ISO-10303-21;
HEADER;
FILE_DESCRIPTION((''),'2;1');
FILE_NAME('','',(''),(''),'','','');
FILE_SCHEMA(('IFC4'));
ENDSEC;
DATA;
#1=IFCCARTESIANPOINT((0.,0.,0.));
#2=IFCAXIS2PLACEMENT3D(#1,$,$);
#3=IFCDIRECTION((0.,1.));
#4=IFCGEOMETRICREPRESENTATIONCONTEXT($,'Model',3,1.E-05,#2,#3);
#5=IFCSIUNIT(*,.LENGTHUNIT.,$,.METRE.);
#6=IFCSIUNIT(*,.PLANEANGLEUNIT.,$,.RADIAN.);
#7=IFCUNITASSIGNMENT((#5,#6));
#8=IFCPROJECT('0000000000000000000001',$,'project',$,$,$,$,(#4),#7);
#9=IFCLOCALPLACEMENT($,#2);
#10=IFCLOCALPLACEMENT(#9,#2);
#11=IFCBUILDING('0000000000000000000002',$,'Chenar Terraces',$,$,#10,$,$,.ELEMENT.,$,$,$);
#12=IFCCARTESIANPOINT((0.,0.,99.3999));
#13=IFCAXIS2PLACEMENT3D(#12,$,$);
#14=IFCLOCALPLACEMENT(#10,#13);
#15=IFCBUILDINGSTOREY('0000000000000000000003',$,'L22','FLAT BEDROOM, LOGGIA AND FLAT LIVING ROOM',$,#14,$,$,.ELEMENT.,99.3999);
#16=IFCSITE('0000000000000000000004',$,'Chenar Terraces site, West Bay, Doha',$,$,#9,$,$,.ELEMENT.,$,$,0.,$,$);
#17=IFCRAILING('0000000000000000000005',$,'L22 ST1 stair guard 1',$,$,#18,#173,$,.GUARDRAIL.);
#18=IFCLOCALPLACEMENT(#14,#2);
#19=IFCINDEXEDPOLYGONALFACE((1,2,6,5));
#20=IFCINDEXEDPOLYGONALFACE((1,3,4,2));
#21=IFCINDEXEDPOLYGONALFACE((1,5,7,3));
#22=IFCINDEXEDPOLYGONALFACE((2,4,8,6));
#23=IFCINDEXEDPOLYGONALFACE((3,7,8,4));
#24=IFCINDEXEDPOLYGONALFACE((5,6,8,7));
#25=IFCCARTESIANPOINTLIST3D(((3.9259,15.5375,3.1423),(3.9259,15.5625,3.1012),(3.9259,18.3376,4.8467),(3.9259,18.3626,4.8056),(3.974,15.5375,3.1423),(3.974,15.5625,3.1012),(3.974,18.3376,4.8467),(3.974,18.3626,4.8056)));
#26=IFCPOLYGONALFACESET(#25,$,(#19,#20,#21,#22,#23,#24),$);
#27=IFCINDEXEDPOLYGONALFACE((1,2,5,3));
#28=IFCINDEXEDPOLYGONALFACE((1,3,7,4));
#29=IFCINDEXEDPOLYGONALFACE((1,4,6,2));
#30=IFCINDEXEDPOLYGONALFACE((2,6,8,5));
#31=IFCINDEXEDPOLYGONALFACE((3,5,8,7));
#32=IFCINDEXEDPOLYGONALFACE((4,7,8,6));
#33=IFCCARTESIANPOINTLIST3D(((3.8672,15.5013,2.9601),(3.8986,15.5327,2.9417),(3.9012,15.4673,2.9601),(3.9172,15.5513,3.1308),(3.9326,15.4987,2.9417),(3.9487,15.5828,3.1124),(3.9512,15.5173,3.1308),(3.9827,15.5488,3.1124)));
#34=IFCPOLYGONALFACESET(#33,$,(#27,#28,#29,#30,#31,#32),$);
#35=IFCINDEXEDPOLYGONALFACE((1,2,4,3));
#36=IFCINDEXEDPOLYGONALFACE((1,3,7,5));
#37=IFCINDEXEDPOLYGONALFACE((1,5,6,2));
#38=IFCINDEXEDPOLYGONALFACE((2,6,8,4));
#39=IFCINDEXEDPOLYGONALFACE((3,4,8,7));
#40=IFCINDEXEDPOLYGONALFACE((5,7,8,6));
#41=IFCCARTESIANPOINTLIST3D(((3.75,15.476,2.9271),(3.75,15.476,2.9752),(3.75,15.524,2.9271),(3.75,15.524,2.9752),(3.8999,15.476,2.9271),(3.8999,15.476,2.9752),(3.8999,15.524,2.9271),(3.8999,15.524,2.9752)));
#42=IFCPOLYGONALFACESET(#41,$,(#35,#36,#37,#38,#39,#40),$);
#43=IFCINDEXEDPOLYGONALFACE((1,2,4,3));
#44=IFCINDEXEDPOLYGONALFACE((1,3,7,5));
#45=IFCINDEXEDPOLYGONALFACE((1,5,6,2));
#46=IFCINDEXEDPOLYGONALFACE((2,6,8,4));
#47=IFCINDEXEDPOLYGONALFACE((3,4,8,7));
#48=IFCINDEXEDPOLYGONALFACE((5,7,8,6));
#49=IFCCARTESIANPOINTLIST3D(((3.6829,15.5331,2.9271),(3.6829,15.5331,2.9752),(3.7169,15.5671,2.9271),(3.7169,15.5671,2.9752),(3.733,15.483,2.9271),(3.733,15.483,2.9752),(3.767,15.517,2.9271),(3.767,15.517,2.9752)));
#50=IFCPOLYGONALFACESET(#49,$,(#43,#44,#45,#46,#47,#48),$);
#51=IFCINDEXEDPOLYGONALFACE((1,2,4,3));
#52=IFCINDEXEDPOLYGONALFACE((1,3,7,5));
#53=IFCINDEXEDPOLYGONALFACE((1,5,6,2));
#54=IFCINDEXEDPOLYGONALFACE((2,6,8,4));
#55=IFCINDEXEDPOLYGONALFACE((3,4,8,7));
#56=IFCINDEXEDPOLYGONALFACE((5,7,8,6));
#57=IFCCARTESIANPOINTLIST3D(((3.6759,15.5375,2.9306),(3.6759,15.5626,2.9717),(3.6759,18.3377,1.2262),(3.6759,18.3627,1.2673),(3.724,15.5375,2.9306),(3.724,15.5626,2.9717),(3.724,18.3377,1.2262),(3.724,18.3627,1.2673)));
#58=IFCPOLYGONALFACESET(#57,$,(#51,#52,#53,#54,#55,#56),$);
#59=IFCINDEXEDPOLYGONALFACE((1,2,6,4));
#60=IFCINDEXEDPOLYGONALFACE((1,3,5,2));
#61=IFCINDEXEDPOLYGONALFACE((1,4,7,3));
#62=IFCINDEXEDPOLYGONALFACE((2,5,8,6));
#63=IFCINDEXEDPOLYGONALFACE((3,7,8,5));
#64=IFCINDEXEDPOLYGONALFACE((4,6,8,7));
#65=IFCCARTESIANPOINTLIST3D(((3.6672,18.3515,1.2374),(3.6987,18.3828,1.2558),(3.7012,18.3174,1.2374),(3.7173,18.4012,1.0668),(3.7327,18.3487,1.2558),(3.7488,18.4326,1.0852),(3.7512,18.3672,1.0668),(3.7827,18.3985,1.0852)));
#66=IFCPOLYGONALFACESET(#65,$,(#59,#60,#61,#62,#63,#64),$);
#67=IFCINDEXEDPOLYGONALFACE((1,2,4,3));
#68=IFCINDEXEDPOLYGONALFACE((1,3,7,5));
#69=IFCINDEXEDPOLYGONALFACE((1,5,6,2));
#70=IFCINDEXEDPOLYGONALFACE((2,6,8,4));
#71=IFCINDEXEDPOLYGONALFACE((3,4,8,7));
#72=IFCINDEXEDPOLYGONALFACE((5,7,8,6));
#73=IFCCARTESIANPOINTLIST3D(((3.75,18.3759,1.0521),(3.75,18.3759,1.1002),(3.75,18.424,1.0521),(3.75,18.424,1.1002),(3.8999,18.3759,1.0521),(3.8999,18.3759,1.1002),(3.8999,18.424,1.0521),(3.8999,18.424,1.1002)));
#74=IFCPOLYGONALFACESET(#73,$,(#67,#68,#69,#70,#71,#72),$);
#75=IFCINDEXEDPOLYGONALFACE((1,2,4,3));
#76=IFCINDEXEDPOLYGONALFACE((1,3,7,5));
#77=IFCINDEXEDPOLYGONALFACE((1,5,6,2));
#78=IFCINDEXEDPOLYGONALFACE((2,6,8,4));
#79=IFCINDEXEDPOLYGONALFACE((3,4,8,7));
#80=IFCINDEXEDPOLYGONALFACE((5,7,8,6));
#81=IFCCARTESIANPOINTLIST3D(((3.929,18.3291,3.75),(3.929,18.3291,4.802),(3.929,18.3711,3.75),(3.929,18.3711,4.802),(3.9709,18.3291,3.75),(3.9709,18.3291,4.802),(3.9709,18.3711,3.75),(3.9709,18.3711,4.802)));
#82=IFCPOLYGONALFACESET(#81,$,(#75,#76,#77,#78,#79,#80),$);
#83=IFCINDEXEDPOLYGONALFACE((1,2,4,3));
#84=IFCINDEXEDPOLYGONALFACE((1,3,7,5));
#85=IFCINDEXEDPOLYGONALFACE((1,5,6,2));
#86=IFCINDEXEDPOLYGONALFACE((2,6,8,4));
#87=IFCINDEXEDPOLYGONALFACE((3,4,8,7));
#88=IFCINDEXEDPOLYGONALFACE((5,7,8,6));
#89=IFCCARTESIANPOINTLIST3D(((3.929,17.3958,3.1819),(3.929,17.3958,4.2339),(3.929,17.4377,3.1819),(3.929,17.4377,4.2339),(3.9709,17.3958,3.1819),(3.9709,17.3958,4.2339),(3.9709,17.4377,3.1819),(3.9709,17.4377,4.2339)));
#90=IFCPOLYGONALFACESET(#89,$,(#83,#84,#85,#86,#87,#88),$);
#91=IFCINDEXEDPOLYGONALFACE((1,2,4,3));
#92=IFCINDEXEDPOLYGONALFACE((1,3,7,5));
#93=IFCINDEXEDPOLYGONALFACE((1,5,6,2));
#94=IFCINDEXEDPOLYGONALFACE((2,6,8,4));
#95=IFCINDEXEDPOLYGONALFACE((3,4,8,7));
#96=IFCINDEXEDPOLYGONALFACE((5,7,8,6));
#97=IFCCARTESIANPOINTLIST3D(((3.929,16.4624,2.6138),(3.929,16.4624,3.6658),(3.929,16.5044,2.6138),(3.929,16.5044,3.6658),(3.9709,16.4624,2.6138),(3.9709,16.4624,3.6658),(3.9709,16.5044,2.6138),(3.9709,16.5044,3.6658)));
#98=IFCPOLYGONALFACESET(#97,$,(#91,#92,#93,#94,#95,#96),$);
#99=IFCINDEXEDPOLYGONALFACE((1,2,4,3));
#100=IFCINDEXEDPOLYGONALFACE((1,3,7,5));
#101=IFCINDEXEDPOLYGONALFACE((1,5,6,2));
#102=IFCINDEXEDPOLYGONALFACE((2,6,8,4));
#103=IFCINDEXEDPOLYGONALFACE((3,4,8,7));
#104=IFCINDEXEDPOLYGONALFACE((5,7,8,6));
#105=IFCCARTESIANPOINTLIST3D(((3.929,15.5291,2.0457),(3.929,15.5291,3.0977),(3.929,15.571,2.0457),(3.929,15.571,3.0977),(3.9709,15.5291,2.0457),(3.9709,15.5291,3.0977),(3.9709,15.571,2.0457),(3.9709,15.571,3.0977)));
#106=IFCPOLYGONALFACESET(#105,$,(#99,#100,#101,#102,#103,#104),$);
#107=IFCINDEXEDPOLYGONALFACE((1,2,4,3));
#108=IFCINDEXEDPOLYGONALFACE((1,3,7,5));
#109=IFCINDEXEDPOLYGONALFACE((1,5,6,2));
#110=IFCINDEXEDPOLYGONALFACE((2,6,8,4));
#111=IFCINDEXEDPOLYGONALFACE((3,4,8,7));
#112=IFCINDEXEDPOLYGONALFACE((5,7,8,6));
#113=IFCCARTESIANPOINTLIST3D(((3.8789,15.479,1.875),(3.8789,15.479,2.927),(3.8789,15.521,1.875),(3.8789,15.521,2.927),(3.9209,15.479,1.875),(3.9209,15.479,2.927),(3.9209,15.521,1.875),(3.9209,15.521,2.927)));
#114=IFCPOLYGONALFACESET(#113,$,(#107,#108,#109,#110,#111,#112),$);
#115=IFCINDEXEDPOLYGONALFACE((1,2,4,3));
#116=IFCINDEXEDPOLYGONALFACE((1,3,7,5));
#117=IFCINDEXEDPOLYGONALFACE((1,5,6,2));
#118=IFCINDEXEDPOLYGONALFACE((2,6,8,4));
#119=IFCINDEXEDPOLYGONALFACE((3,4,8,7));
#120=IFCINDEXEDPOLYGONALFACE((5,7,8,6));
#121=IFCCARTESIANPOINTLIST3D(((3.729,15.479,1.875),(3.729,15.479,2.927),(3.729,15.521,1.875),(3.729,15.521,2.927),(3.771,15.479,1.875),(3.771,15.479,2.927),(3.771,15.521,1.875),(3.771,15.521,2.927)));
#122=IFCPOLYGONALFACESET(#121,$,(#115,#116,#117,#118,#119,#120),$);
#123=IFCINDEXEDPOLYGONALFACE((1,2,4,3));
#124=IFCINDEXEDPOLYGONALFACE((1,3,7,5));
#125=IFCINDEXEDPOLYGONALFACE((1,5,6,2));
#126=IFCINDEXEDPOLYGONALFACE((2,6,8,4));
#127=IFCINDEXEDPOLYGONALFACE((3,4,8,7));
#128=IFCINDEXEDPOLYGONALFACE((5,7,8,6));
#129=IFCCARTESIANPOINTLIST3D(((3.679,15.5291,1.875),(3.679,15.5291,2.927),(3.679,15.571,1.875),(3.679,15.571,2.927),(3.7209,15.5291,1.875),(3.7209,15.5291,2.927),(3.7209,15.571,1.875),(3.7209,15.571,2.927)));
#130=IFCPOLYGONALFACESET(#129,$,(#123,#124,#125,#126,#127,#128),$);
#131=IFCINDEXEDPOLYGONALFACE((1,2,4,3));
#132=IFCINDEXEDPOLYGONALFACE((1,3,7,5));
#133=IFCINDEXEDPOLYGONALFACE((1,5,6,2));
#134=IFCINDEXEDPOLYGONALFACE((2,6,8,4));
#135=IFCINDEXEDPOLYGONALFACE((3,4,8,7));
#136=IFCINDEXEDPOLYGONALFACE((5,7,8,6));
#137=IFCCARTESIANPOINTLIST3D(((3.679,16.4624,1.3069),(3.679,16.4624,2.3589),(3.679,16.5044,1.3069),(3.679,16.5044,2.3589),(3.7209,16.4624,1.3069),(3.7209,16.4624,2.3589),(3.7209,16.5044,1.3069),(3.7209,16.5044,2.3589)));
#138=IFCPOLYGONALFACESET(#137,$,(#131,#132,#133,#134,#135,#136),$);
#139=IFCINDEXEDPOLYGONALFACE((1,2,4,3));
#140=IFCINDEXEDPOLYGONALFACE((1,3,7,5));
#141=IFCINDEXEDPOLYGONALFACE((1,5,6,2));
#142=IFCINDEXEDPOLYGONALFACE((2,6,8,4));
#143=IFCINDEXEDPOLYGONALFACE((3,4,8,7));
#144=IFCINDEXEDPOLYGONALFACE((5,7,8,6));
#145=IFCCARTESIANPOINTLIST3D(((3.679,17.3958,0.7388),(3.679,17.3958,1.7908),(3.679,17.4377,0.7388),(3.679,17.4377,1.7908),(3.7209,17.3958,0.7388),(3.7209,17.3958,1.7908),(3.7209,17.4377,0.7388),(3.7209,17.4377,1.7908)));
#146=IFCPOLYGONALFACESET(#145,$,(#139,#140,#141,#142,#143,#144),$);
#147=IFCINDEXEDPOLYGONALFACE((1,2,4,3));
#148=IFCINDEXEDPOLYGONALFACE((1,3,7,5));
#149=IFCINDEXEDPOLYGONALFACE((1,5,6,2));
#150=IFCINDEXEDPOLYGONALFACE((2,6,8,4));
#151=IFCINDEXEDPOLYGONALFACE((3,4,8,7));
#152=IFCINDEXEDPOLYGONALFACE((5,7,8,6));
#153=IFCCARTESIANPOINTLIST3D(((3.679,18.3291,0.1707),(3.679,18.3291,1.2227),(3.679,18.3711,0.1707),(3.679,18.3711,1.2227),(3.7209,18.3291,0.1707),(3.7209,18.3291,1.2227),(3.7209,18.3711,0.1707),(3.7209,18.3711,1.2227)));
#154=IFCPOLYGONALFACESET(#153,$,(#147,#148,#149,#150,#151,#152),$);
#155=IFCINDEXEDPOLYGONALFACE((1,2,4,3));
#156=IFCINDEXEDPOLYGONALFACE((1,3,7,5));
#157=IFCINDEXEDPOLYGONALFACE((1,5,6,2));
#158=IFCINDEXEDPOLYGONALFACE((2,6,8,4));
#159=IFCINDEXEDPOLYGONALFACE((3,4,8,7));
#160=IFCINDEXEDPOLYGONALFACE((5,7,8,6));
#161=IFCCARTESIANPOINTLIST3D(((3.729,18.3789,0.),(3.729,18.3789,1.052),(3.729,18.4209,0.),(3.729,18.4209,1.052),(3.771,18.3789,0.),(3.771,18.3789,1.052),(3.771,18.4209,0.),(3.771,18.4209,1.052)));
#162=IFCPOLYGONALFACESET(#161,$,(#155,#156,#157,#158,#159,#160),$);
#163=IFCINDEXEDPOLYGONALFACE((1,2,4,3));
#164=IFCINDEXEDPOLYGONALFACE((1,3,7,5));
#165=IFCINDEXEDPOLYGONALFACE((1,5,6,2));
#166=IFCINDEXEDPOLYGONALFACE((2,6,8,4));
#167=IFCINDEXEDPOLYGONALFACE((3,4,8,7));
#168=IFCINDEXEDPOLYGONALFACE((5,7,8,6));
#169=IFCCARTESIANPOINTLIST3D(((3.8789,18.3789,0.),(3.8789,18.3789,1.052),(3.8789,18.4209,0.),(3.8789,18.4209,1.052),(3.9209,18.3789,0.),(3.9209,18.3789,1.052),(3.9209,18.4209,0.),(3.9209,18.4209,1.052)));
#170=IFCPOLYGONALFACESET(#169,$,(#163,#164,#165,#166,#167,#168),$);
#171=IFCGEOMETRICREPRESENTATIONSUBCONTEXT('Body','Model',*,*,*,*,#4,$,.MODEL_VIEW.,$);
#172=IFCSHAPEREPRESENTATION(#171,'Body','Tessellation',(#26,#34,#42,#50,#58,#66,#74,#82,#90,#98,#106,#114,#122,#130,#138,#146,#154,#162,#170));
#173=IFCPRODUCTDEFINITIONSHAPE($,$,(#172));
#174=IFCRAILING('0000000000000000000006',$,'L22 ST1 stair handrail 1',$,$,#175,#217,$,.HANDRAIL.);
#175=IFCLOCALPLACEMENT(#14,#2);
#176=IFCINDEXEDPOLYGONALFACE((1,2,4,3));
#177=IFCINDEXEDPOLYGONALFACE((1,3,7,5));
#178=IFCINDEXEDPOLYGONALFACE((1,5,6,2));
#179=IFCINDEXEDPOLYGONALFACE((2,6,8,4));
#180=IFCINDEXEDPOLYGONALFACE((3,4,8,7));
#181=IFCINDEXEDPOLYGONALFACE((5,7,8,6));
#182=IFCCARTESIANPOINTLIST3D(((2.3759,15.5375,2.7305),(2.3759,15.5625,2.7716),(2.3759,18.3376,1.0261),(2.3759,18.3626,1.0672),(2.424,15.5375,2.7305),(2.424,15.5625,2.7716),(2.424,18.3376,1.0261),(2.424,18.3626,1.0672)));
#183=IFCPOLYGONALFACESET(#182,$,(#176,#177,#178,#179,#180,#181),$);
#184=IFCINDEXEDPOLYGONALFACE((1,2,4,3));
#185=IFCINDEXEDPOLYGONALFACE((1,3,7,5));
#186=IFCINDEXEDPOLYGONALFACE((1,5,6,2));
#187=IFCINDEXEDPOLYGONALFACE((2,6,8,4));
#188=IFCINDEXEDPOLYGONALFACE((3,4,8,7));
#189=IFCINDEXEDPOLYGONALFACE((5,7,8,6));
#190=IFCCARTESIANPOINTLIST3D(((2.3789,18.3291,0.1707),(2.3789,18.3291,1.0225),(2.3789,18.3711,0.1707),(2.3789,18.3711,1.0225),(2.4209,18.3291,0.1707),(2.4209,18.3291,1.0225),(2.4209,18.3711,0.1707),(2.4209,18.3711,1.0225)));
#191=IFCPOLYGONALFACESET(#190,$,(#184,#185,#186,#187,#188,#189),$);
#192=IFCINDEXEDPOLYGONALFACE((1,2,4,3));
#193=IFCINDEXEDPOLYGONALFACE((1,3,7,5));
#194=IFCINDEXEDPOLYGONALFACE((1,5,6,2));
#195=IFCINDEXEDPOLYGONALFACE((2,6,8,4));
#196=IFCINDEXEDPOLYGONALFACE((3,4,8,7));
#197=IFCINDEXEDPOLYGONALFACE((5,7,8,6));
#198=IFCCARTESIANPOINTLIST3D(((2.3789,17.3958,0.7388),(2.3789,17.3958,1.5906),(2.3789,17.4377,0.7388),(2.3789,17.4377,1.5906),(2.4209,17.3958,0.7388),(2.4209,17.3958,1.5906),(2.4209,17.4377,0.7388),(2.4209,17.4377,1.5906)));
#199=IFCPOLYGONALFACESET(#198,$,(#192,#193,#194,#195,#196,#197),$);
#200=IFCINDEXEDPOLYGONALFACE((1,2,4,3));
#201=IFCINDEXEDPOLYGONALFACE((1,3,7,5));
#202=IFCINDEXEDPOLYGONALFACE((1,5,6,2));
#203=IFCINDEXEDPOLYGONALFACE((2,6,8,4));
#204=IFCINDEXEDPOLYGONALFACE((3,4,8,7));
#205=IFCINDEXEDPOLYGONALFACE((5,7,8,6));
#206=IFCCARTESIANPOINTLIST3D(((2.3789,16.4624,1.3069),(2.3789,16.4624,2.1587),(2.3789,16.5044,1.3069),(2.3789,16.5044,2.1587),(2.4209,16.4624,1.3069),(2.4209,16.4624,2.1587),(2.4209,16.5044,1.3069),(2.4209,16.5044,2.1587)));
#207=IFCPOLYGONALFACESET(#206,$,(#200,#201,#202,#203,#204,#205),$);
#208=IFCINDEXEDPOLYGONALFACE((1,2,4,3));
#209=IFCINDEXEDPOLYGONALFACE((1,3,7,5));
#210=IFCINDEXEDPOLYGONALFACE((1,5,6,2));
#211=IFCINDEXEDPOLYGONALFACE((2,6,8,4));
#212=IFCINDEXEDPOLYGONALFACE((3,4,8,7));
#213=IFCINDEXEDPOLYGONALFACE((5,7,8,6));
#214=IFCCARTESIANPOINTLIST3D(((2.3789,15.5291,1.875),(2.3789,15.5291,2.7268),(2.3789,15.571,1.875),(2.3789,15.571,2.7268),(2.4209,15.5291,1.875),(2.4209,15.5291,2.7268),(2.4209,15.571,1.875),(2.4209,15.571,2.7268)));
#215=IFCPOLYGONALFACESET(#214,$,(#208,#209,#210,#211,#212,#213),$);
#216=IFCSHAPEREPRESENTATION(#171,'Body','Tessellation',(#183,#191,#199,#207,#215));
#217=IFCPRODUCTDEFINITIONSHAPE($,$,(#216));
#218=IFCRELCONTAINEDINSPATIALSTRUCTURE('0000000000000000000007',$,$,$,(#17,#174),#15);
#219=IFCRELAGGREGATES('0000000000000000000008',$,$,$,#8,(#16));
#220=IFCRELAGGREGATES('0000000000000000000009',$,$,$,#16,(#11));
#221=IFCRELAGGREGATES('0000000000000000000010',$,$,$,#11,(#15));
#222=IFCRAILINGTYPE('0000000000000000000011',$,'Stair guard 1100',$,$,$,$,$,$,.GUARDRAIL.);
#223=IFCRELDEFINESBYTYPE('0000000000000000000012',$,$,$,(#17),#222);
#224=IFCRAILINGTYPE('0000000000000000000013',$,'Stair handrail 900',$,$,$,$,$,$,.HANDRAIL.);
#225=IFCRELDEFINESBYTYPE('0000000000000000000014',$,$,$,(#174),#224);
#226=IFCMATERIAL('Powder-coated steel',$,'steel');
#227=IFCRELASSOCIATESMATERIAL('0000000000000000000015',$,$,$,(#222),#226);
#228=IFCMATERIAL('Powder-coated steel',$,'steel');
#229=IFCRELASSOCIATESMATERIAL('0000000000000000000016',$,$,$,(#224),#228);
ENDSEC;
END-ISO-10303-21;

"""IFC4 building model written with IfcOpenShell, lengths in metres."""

from ifc_helpers import new_model, si_unit, direction, frame, origin, origin_2d, place, context, subcontext, project, spatial, rectangle, extrude, material, type_object, element, save


model = new_model("IFC4")

# Units and contexts
model_context = context("Model", 3, precision=1e-05, world=origin(), true_north=direction((0.0, 1.0)))
body_context = subcontext(model_context, "Body", "Model", "MODEL_VIEW")
ifc_project = project(units=[si_unit("LENGTHUNIT", "METRE"), si_unit("PLANEANGLEUNIT", "RADIAN")], contexts=[model_context])

# Site, building, storey
site_placement = place(None, origin())
site = spatial("IfcSite", under=ifc_project, at=site_placement, Name="Chenar Terraces site, West Bay, Doha", CompositionType="ELEMENT", RefElevation=0.0)
building_placement = place(site_placement, origin())
building = spatial("IfcBuilding", under=site, at=building_placement, Name="Chenar Terraces", CompositionType="ELEMENT")
storey_placement = place(building_placement, frame((0.0, 0.0, 99.3999)))
storey = spatial("IfcBuildingStorey", under=building, at=storey_placement, Name="L22", Description="FLAT BEDROOM, LOGGIA AND FLAT LIVING ROOM", CompositionType="ELEMENT", Elevation=99.3999)

# Railings
ifc_material_1 = material(Name="Powder-coated steel", Category="steel")
railing_type_1 = type_object("IfcRailingType", Name="Stair guard 1100", PredefinedType="GUARDRAIL", material=ifc_material_1)
railing_1_placement = place(storey_placement, frame((3.95, 18.3501, 3.75)))
element("IfcRailing", 1, at=railing_1_placement, inside=storey, type_object=railing_type_1, Name="L22 ST1 stair guard 1", PredefinedType="GUARDRAIL", context=body_context, shape_type="SweptSolid", body=[
    extrude(rectangle(XDim=0.0481, YDim=0.0481, at=origin_2d()), frame((0.0, 0.0, 1.0762), z_axis=(0.0, -0.854203, -0.51994), x_axis=(1.0, 0.0, 0.0)), (0.0, 0.0, 1.0), 3.2781),
    extrude(rectangle(XDim=0.0481, YDim=0.0481, at=origin_2d()), frame((0.0, -2.8, -0.6284), z_axis=(-0.2709, -0.2709, -0.923703), x_axis=(0.707107, -0.707107, 0.0)), (0.0, 0.0, 1.0), 0.1848),
    extrude(rectangle(XDim=0.0481, YDim=0.0481, at=origin_2d()), frame((-0.05, -2.8501, -0.7988), z_axis=(-1.0, 0.0, 0.0), x_axis=(0.0, -1.0, 0.0)), (0.0, 0.0, 1.0), 0.1499),
    extrude(rectangle(XDim=0.0481, YDim=0.0481, at=origin_2d()), frame((-0.2, -2.8501, -0.7988), z_axis=(-0.707107, 0.707107, 0.0), x_axis=(-0.707107, -0.707107, 0.0)), (0.0, 0.0, 1.0), 0.0708),
    extrude(rectangle(XDim=0.0481, YDim=0.0481, at=origin_2d()), frame((-0.25, -2.8, -0.7988), z_axis=(0.0, 0.854203, -0.51994), x_axis=(-1.0, 0.0, 0.0)), (0.0, 0.0, 1.0), 3.2781),
    extrude(rectangle(XDim=0.0481, YDim=0.0481, at=origin_2d()), frame((-0.25, 0.0, -2.5034), z_axis=(0.270997, 0.269675, -0.924033), x_axis=(-0.705376, 0.708834, 0.0)), (0.0, 0.0, 1.0), 0.1846),
    extrude(rectangle(XDim=0.0481, YDim=0.0481, at=origin_2d()), frame((-0.2, 0.0498, -2.6738), z_axis=(1.0, 0.0, 0.0), x_axis=(0.0, 1.0, 0.0)), (0.0, 0.0, 1.0), 0.1499),
    extrude(rectangle(XDim=0.042, YDim=0.042, at=origin_2d()), origin(), (0.0, 0.0, 1.0), 1.052),
    extrude(rectangle(XDim=0.042, YDim=0.042, at=origin_2d()), frame((0.0, -0.9333, -0.5681)), (0.0, 0.0, 1.0), 1.052),
    extrude(rectangle(XDim=0.042, YDim=0.042, at=origin_2d()), frame((0.0, -1.8667, -1.1362)), (0.0, 0.0, 1.0), 1.052),
    extrude(rectangle(XDim=0.042, YDim=0.042, at=origin_2d()), frame((0.0, -2.8, -1.7043)), (0.0, 0.0, 1.0), 1.052),
    extrude(rectangle(XDim=0.042, YDim=0.042, at=origin_2d()), frame((-0.05, -2.8501, -1.875)), (0.0, 0.0, 1.0), 1.052),
    extrude(rectangle(XDim=0.042, YDim=0.042, at=origin_2d()), frame((-0.2, -2.8501, -1.875)), (0.0, 0.0, 1.0), 1.052),
    extrude(rectangle(XDim=0.042, YDim=0.042, at=origin_2d()), frame((-0.25, -2.8, -1.875)), (0.0, 0.0, 1.0), 1.052),
    extrude(rectangle(XDim=0.042, YDim=0.042, at=origin_2d()), frame((-0.25, -1.8667, -2.4431)), (0.0, 0.0, 1.0), 1.052),
    extrude(rectangle(XDim=0.042, YDim=0.042, at=origin_2d()), frame((-0.25, -0.9333, -3.0112)), (0.0, 0.0, 1.0), 1.052),
    extrude(rectangle(XDim=0.042, YDim=0.042, at=origin_2d()), frame((-0.25, 0.0, -3.5793)), (0.0, 0.0, 1.0), 1.052),
    extrude(rectangle(XDim=0.042, YDim=0.042, at=origin_2d()), frame((-0.2, 0.0498, -3.75)), (0.0, 0.0, 1.0), 1.052),
    extrude(rectangle(XDim=0.042, YDim=0.042, at=origin_2d()), frame((-0.05, 0.0498, -3.75)), (0.0, 0.0, 1.0), 1.052),
])
ifc_material_2 = material(Name="Powder-coated steel", Category="steel")
railing_type_2 = type_object("IfcRailingType", Name="Stair handrail 900", PredefinedType="HANDRAIL", material=ifc_material_2)
railing_2_placement = place(storey_placement, frame((2.3999, 18.3501, 0.1707)))
element("IfcRailing", 2, at=railing_2_placement, inside=storey, type_object=railing_type_2, Name="L22 ST1 stair handrail 1", PredefinedType="HANDRAIL", context=body_context, shape_type="SweptSolid", body=[
    extrude(rectangle(XDim=0.0481, YDim=0.0481, at=origin_2d()), frame((0.0, 0.0, 0.876), z_axis=(0.0, -0.854203, 0.51994), x_axis=(1.0, 0.0, 0.0)), (0.0, 0.0, 1.0), 3.2781),
    extrude(rectangle(XDim=0.042, YDim=0.042, at=origin_2d()), origin(), (0.0, 0.0, 1.0), 0.8518),
    extrude(rectangle(XDim=0.042, YDim=0.042, at=origin_2d()), frame((0.0, -0.9333, 0.5681)), (0.0, 0.0, 1.0), 0.8518),
    extrude(rectangle(XDim=0.042, YDim=0.042, at=origin_2d()), frame((0.0, -1.8667, 1.1362)), (0.0, 0.0, 1.0), 0.8518),
    extrude(rectangle(XDim=0.042, YDim=0.042, at=origin_2d()), frame((0.0, -2.8, 1.7043)), (0.0, 0.0, 1.0), 0.8518),
])

save(model, "model.ifc")
